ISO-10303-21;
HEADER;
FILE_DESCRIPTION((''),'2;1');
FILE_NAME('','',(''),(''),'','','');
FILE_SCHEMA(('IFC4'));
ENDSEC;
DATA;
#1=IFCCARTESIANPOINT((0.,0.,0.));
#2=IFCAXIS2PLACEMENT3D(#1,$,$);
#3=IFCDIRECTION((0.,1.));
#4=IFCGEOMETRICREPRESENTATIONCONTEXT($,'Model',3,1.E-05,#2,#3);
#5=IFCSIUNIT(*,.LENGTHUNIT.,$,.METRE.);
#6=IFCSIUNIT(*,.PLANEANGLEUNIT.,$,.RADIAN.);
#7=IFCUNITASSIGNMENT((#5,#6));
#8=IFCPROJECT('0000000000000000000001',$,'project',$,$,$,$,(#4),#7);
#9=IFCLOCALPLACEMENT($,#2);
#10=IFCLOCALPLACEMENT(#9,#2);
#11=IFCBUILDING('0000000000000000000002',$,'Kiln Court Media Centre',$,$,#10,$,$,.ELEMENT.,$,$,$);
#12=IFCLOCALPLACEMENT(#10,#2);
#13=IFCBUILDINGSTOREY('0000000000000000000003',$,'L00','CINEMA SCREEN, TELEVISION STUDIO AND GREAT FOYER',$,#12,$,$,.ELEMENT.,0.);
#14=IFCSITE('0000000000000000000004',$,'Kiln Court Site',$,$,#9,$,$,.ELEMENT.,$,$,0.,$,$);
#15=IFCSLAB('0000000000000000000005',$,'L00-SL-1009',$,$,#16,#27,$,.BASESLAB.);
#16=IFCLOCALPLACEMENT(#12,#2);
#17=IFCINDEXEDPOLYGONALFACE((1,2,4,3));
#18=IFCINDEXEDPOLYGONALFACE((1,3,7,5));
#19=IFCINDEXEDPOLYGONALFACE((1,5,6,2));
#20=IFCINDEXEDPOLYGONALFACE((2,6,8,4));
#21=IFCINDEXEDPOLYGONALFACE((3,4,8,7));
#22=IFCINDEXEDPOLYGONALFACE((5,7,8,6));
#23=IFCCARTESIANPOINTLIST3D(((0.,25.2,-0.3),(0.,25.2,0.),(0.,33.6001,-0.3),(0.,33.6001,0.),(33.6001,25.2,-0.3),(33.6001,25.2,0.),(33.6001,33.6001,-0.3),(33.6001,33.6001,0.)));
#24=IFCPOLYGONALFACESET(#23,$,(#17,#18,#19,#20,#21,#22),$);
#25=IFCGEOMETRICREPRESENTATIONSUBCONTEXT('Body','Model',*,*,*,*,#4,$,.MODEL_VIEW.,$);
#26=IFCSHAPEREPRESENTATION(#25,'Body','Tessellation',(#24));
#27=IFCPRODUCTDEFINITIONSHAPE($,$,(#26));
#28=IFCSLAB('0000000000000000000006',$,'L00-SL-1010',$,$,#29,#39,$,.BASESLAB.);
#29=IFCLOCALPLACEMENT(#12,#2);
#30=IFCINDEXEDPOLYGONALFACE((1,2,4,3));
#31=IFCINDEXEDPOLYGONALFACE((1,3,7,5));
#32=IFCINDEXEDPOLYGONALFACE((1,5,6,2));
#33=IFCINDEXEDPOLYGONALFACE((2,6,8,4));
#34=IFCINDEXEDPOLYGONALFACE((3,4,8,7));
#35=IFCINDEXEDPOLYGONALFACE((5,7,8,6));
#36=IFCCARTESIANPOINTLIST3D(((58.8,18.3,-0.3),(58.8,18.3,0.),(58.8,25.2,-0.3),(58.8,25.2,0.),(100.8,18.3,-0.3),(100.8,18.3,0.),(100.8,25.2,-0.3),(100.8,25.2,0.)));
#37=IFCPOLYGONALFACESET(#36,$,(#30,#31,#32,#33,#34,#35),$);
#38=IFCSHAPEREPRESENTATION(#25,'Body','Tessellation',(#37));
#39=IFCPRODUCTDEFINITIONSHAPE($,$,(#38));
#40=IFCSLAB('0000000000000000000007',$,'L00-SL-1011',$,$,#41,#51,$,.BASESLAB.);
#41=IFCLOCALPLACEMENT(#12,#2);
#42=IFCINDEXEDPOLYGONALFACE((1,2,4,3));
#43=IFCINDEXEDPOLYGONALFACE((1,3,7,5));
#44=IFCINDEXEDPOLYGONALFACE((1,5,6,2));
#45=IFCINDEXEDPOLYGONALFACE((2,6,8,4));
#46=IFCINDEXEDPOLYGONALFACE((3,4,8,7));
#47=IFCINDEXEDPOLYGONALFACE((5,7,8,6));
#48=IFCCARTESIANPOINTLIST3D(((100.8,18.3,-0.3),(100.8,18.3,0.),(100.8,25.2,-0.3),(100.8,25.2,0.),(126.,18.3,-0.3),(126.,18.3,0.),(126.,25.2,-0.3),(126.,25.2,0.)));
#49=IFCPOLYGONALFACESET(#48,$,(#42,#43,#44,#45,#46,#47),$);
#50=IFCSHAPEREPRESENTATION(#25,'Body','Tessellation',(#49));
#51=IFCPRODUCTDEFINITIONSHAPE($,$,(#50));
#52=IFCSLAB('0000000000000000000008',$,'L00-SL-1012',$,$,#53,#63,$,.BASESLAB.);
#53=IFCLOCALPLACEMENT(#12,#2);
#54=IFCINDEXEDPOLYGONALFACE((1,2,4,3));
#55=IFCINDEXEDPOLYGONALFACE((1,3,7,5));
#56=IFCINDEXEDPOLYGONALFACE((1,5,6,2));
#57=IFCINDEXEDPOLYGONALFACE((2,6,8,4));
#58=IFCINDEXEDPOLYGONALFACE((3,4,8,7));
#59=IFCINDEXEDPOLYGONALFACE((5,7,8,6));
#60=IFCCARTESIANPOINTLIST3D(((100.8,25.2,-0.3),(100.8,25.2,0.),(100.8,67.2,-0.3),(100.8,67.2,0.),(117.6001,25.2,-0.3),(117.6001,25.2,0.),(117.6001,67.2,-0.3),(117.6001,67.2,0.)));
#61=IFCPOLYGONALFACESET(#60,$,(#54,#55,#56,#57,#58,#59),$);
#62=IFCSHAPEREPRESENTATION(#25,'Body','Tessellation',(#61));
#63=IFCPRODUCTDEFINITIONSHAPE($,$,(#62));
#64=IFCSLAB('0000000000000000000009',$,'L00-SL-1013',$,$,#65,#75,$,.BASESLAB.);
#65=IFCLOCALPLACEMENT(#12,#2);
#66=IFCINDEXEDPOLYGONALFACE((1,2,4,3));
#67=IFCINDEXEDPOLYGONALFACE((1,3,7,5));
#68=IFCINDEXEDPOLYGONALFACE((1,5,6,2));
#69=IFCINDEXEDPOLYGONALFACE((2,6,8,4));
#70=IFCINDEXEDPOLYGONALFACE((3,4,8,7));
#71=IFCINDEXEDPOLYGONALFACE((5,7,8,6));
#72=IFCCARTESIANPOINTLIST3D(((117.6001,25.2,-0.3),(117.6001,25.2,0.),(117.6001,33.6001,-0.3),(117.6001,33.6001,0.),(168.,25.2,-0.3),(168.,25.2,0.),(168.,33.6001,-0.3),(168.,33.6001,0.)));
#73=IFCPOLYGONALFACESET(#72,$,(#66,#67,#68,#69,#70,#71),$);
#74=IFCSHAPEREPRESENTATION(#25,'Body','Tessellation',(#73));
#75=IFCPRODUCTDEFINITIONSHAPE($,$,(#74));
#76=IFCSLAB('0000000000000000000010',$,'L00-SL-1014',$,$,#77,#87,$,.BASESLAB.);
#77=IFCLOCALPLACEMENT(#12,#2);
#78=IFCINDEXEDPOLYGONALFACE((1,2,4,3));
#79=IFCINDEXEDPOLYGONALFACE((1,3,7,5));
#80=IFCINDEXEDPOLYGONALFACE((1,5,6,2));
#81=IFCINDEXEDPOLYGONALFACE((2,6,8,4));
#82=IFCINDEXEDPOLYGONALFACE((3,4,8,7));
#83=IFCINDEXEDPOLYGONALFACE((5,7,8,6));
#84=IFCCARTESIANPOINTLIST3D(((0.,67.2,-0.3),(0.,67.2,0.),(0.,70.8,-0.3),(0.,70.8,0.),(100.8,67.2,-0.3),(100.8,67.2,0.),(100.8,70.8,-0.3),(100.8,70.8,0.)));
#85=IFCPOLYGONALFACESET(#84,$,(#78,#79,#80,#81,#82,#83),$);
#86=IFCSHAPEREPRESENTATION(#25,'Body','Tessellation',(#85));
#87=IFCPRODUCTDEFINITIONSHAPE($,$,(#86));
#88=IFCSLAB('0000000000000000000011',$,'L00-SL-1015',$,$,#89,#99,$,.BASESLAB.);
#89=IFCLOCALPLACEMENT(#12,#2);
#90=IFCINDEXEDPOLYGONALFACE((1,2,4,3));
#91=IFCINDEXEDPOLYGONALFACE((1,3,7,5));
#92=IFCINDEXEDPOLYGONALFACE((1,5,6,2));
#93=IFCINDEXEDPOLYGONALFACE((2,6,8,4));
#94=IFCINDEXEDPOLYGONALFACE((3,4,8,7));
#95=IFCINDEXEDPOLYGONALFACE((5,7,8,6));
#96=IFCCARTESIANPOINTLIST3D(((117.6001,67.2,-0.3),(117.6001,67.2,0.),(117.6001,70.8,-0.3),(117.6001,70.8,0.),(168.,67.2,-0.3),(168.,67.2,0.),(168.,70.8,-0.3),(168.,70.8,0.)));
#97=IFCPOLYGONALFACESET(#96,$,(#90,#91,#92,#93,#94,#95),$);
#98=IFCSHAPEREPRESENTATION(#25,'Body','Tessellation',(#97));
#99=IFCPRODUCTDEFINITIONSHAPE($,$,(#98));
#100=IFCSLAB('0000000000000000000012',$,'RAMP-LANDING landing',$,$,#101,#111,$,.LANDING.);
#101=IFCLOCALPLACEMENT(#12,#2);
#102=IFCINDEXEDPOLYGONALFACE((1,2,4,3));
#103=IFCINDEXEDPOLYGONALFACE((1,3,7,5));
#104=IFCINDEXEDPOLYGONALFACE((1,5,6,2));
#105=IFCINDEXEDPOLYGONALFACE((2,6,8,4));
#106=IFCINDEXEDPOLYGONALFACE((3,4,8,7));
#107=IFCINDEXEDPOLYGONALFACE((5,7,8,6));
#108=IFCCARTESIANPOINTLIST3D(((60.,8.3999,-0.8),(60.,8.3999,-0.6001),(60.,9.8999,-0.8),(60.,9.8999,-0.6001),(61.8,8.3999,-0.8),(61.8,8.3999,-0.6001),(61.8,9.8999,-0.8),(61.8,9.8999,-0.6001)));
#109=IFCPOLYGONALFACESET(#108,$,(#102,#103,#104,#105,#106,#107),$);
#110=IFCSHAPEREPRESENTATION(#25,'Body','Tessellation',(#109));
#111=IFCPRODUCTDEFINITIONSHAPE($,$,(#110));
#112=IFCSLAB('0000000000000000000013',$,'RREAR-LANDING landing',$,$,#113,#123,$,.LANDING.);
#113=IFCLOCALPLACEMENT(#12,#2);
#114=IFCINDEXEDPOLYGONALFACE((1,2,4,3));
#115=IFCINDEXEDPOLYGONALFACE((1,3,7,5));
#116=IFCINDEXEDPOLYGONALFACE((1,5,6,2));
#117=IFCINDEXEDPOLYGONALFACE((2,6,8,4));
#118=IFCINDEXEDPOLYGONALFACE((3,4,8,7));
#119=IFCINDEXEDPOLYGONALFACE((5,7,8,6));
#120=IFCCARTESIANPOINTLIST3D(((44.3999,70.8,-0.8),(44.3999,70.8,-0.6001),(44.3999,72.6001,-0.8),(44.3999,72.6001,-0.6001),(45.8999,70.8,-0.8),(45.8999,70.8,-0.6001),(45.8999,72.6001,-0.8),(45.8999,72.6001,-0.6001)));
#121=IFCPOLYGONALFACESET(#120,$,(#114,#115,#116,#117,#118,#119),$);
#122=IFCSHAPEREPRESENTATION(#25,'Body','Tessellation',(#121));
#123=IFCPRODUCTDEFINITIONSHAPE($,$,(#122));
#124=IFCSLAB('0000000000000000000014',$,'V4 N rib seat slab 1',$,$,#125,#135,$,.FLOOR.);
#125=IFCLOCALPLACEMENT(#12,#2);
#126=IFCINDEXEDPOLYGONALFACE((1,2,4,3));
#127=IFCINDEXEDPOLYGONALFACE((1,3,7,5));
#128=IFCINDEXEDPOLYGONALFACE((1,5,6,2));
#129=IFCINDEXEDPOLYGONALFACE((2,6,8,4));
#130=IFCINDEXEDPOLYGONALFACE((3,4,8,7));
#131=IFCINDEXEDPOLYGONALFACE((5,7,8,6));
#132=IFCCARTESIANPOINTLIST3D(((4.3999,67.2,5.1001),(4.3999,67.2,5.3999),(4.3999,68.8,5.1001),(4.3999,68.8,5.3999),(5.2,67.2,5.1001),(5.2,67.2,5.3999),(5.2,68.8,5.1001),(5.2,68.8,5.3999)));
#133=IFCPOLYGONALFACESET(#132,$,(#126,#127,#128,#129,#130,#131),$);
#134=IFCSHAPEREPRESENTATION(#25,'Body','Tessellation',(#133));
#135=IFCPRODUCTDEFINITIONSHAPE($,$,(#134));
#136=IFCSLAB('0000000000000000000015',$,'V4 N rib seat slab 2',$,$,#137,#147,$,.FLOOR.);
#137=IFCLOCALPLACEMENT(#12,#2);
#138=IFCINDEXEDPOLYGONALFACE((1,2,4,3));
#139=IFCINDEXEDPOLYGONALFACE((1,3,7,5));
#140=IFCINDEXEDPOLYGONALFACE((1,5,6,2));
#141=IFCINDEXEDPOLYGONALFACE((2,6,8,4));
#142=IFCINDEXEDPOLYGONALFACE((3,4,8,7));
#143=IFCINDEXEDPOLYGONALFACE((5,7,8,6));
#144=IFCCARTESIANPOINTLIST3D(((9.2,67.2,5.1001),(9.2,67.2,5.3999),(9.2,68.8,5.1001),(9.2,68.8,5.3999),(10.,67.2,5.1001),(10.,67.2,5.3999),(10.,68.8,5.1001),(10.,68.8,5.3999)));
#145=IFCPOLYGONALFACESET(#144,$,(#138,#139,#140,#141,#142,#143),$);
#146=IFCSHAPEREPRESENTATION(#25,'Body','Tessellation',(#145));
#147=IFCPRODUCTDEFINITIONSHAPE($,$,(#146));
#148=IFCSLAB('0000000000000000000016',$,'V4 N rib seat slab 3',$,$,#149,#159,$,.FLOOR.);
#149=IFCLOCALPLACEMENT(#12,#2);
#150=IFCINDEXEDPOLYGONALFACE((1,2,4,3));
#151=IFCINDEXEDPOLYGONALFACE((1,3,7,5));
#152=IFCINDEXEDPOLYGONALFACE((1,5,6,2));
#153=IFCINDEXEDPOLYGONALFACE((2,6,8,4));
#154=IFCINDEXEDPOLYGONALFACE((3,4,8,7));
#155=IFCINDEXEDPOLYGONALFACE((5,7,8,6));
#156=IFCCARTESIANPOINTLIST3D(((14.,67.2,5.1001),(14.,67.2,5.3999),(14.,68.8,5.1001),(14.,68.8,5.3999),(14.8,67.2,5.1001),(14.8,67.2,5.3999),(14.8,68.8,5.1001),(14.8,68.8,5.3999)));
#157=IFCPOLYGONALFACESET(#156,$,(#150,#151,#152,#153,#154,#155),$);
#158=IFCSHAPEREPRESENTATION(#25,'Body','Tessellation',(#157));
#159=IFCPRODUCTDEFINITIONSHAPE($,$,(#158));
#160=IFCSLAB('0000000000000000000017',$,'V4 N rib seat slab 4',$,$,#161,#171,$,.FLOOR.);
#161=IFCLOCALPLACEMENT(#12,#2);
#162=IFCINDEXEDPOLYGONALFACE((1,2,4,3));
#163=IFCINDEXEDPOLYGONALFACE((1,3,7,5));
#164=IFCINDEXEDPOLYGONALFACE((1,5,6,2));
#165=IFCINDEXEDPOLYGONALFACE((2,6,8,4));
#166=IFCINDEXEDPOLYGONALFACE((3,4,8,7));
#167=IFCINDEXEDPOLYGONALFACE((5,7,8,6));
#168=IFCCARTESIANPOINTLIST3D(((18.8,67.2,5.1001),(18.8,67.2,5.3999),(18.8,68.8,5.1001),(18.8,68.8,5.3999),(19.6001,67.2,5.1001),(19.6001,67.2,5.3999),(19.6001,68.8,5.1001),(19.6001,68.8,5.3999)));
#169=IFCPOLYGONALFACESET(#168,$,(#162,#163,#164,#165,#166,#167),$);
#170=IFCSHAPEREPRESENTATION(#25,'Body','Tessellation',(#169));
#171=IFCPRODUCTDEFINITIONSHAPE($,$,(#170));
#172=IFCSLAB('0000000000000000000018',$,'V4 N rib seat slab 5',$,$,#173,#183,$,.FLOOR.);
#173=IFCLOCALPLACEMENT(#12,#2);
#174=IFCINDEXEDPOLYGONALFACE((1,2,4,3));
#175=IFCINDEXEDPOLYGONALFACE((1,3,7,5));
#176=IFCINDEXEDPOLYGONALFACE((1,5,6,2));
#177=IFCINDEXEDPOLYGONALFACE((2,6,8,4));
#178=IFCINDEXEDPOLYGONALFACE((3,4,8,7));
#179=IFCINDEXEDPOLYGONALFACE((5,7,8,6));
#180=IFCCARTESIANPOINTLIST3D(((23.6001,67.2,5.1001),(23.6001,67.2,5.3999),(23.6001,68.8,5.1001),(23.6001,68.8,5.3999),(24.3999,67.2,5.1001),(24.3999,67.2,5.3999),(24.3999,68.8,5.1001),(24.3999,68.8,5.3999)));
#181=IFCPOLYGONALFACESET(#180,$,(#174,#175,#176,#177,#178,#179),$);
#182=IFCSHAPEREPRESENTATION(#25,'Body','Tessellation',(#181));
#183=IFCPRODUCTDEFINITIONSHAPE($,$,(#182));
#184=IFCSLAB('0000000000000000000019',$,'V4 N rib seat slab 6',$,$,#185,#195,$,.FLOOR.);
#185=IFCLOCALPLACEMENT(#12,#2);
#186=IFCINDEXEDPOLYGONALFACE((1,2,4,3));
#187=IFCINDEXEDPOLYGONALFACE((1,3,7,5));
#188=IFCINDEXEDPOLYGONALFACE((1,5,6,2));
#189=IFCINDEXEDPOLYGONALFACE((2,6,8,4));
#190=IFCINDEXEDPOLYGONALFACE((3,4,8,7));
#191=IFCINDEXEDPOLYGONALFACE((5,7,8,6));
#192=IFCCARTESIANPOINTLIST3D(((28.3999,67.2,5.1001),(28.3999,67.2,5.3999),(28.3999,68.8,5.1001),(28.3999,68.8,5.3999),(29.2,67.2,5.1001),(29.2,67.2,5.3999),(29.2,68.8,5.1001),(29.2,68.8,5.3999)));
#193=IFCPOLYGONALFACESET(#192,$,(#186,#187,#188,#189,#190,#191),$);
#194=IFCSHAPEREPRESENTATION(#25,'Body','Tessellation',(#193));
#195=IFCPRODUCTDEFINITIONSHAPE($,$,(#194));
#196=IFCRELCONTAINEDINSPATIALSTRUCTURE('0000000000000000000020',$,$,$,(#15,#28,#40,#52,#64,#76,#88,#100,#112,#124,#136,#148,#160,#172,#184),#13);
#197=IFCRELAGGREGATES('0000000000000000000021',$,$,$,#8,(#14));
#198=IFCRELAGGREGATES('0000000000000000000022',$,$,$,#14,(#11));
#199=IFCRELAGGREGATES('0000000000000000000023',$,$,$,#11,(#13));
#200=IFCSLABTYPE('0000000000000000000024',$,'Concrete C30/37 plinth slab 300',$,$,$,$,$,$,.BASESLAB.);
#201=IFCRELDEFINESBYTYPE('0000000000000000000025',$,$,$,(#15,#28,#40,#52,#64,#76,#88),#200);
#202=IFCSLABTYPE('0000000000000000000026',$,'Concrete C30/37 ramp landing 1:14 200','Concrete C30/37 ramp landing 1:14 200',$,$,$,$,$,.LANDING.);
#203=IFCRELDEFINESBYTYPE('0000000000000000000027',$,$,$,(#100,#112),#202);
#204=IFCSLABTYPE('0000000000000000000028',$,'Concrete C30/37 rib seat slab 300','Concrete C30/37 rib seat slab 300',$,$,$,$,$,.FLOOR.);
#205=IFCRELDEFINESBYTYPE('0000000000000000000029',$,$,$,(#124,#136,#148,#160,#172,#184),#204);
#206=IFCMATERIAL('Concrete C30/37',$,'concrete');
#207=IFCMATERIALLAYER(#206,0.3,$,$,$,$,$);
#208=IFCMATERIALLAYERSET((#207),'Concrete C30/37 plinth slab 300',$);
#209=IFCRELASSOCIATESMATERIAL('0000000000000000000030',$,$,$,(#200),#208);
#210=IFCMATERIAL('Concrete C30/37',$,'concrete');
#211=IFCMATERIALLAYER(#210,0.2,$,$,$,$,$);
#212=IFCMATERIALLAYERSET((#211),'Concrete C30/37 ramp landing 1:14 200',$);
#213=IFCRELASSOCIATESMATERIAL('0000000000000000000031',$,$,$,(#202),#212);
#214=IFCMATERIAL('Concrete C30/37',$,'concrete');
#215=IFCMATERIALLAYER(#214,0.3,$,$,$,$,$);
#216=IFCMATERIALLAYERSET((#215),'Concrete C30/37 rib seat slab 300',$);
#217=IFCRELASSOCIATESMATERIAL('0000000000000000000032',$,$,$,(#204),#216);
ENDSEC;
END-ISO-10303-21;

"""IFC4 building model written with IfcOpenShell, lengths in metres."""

from ifc_helpers import new_model, si_unit, direction, frame, origin, place, context, subcontext, project, spatial, polyline, outline, extrude, material, layer, layer_set, type_object, element, save


model = new_model("IFC4")

# Units and contexts
model_context = context("Model", 3, precision=1e-05, world=origin(), true_north=direction((0.0, 1.0)))
body_context = subcontext(model_context, "Body", "Model", "MODEL_VIEW")
ifc_project = project(units=[si_unit("LENGTHUNIT", "METRE"), si_unit("PLANEANGLEUNIT", "RADIAN")], contexts=[model_context])

# Site, building, storey
site_placement = place(None, origin())
site = spatial("IfcSite", under=ifc_project, at=site_placement, Name="Kiln Court Site", CompositionType="ELEMENT", RefElevation=0.0)
building_placement = place(site_placement, origin())
building = spatial("IfcBuilding", under=site, at=building_placement, Name="Kiln Court Media Centre", CompositionType="ELEMENT")
storey_placement = place(building_placement, origin())
storey = spatial("IfcBuildingStorey", under=building, at=storey_placement, Name="L00", Description="CINEMA SCREEN, TELEVISION STUDIO AND GREAT FOYER", CompositionType="ELEMENT", Elevation=0.0)

# Slabs
ifc_material_1 = material(Name="Concrete C30/37", Category="concrete")
ifc_layer_1 = layer(ifc_material_1, 0.3)
ifc_layer_set_1 = layer_set([ifc_layer_1], Name="Concrete C30/37 plinth slab 300")
slab_type_1 = type_object("IfcSlabType", Name="Concrete C30/37 plinth slab 300", PredefinedType="BASESLAB", material=ifc_layer_set_1)
slab_1_placement = place(storey_placement, frame((0.0, 0.0, -0.3)))
element("IfcSlab", 1, at=slab_1_placement, inside=storey, type_object=slab_type_1, Name="L00-SL-1009", PredefinedType="BASESLAB", context=body_context, shape_type="SweptSolid", body=[
    extrude(outline(polyline([(0.0, 25.2), (0.0, 33.6001), (33.6001, 33.6001), (33.6001, 25.2), (0.0, 25.2)])), origin(), (0.0, 0.0, 1.0), 0.3),
])
slab_2_placement = place(storey_placement, frame((0.0, 0.0, -0.3)))
element("IfcSlab", 2, at=slab_2_placement, inside=storey, type_object=slab_type_1, Name="L00-SL-1010", PredefinedType="BASESLAB", context=body_context, shape_type="SweptSolid", body=[
    extrude(outline(polyline([(58.8, 18.3), (58.8, 25.2), (100.8, 25.2), (100.8, 18.3), (58.8, 18.3)])), origin(), (0.0, 0.0, 1.0), 0.3),
])
slab_3_placement = place(storey_placement, frame((0.0, 0.0, -0.3)))
element("IfcSlab", 3, at=slab_3_placement, inside=storey, type_object=slab_type_1, Name="L00-SL-1011", PredefinedType="BASESLAB", context=body_context, shape_type="SweptSolid", body=[
    extrude(outline(polyline([(100.8, 18.3), (100.8, 25.2), (126.0, 25.2), (126.0, 18.3), (100.8, 18.3)])), origin(), (0.0, 0.0, 1.0), 0.3),
])
slab_4_placement = place(storey_placement, frame((0.0, 0.0, -0.3)))
element("IfcSlab", 4, at=slab_4_placement, inside=storey, type_object=slab_type_1, Name="L00-SL-1012", PredefinedType="BASESLAB", context=body_context, shape_type="SweptSolid", body=[
    extrude(outline(polyline([(100.8, 25.2), (100.8, 67.2), (117.6001, 67.2), (117.6001, 25.2), (100.8, 25.2)])), origin(), (0.0, 0.0, 1.0), 0.3),
])
slab_5_placement = place(storey_placement, frame((0.0, 0.0, -0.3)))
element("IfcSlab", 5, at=slab_5_placement, inside=storey, type_object=slab_type_1, Name="L00-SL-1013", PredefinedType="BASESLAB", context=body_context, shape_type="SweptSolid", body=[
    extrude(outline(polyline([(117.6001, 25.2), (117.6001, 33.6001), (168.0, 33.6001), (168.0, 25.2), (117.6001, 25.2)])), origin(), (0.0, 0.0, 1.0), 0.3),
])
slab_6_placement = place(storey_placement, frame((0.0, 0.0, -0.3)))
element("IfcSlab", 6, at=slab_6_placement, inside=storey, type_object=slab_type_1, Name="L00-SL-1014", PredefinedType="BASESLAB", context=body_context, shape_type="SweptSolid", body=[
    extrude(outline(polyline([(0.0, 67.2), (0.0, 70.8), (100.8, 70.8), (100.8, 67.2), (0.0, 67.2)])), origin(), (0.0, 0.0, 1.0), 0.3),
])
slab_7_placement = place(storey_placement, frame((0.0, 0.0, -0.3)))
element("IfcSlab", 7, at=slab_7_placement, inside=storey, type_object=slab_type_1, Name="L00-SL-1015", PredefinedType="BASESLAB", context=body_context, shape_type="SweptSolid", body=[
    extrude(outline(polyline([(117.6001, 67.2), (117.6001, 70.8), (168.0, 70.8), (168.0, 67.2), (117.6001, 67.2)])), origin(), (0.0, 0.0, 1.0), 0.3),
])
ifc_material_2 = material(Name="Concrete C30/37", Category="concrete")
ifc_layer_2 = layer(ifc_material_2, 0.2)
ifc_layer_set_2 = layer_set([ifc_layer_2], Name="Concrete C30/37 ramp landing 1:14 200")
slab_type_2 = type_object("IfcSlabType", Name="Concrete C30/37 ramp landing 1:14 200", Description="Concrete C30/37 ramp landing 1:14 200", PredefinedType="LANDING", material=ifc_layer_set_2)
slab_8_placement = place(storey_placement, frame((0.0, 0.0, -0.8)))
element("IfcSlab", 8, at=slab_8_placement, inside=storey, type_object=slab_type_2, Name="RAMP-LANDING landing", PredefinedType="LANDING", context=body_context, shape_type="SweptSolid", body=[
    extrude(outline(polyline([(60.0, 8.3999), (61.8, 8.3999), (61.8, 9.8999), (60.0, 9.8999), (60.0, 8.3999)])), origin(), (0.0, 0.0, 1.0), 0.2),
])
slab_9_placement = place(storey_placement, frame((0.0, 0.0, -0.8)))
element("IfcSlab", 9, at=slab_9_placement, inside=storey, type_object=slab_type_2, Name="RREAR-LANDING landing", PredefinedType="LANDING", context=body_context, shape_type="SweptSolid", body=[
    extrude(outline(polyline([(44.3999, 70.8), (45.8999, 70.8), (45.8999, 72.6001), (44.3999, 72.6001), (44.3999, 70.8)])), origin(), (0.0, 0.0, 1.0), 0.2),
])
ifc_material_3 = material(Name="Concrete C30/37", Category="concrete")
ifc_layer_3 = layer(ifc_material_3, 0.3)
ifc_layer_set_3 = layer_set([ifc_layer_3], Name="Concrete C30/37 rib seat slab 300")
slab_type_3 = type_object("IfcSlabType", Name="Concrete C30/37 rib seat slab 300", Description="Concrete C30/37 rib seat slab 300", PredefinedType="FLOOR", material=ifc_layer_set_3)
slab_10_placement = place(storey_placement, frame((0.0, 0.0, 5.1001)))
element("IfcSlab", 10, at=slab_10_placement, inside=storey, type_object=slab_type_3, Name="V4 N rib seat slab 1", PredefinedType="FLOOR", context=body_context, shape_type="SweptSolid", body=[
    extrude(outline(polyline([(4.3999, 67.2), (5.2, 67.2), (5.2, 68.8), (4.3999, 68.8), (4.3999, 67.2)])), origin(), (0.0, 0.0, 1.0), 0.2998),
])
slab_11_placement = place(storey_placement, frame((0.0, 0.0, 5.1001)))
element("IfcSlab", 11, at=slab_11_placement, inside=storey, type_object=slab_type_3, Name="V4 N rib seat slab 2", PredefinedType="FLOOR", context=body_context, shape_type="SweptSolid", body=[
    extrude(outline(polyline([(9.2, 67.2), (10.0, 67.2), (10.0, 68.8), (9.2, 68.8), (9.2, 67.2)])), origin(), (0.0, 0.0, 1.0), 0.2998),
])
slab_12_placement = place(storey_placement, frame((0.0, 0.0, 5.1001)))
element("IfcSlab", 12, at=slab_12_placement, inside=storey, type_object=slab_type_3, Name="V4 N rib seat slab 3", PredefinedType="FLOOR", context=body_context, shape_type="SweptSolid", body=[
    extrude(outline(polyline([(14.0, 67.2), (14.8, 67.2), (14.8, 68.8), (14.0, 68.8), (14.0, 67.2)])), origin(), (0.0, 0.0, 1.0), 0.2998),
])
slab_13_placement = place(storey_placement, frame((0.0, 0.0, 5.1001)))
element("IfcSlab", 13, at=slab_13_placement, inside=storey, type_object=slab_type_3, Name="V4 N rib seat slab 4", PredefinedType="FLOOR", context=body_context, shape_type="SweptSolid", body=[
    extrude(outline(polyline([(18.8, 67.2), (19.6001, 67.2), (19.6001, 68.8), (18.8, 68.8), (18.8, 67.2)])), origin(), (0.0, 0.0, 1.0), 0.2998),
])
slab_14_placement = place(storey_placement, frame((0.0, 0.0, 5.1001)))
element("IfcSlab", 14, at=slab_14_placement, inside=storey, type_object=slab_type_3, Name="V4 N rib seat slab 5", PredefinedType="FLOOR", context=body_context, shape_type="SweptSolid", body=[
    extrude(outline(polyline([(23.6001, 67.2), (24.3999, 67.2), (24.3999, 68.8), (23.6001, 68.8), (23.6001, 67.2)])), origin(), (0.0, 0.0, 1.0), 0.2998),
])
slab_15_placement = place(storey_placement, frame((0.0, 0.0, 5.1001)))
element("IfcSlab", 15, at=slab_15_placement, inside=storey, type_object=slab_type_3, Name="V4 N rib seat slab 6", PredefinedType="FLOOR", context=body_context, shape_type="SweptSolid", body=[
    extrude(outline(polyline([(28.3999, 67.2), (29.2, 67.2), (29.2, 68.8), (28.3999, 68.8), (28.3999, 67.2)])), origin(), (0.0, 0.0, 1.0), 0.2998),
])

save(model, "model.ifc")
